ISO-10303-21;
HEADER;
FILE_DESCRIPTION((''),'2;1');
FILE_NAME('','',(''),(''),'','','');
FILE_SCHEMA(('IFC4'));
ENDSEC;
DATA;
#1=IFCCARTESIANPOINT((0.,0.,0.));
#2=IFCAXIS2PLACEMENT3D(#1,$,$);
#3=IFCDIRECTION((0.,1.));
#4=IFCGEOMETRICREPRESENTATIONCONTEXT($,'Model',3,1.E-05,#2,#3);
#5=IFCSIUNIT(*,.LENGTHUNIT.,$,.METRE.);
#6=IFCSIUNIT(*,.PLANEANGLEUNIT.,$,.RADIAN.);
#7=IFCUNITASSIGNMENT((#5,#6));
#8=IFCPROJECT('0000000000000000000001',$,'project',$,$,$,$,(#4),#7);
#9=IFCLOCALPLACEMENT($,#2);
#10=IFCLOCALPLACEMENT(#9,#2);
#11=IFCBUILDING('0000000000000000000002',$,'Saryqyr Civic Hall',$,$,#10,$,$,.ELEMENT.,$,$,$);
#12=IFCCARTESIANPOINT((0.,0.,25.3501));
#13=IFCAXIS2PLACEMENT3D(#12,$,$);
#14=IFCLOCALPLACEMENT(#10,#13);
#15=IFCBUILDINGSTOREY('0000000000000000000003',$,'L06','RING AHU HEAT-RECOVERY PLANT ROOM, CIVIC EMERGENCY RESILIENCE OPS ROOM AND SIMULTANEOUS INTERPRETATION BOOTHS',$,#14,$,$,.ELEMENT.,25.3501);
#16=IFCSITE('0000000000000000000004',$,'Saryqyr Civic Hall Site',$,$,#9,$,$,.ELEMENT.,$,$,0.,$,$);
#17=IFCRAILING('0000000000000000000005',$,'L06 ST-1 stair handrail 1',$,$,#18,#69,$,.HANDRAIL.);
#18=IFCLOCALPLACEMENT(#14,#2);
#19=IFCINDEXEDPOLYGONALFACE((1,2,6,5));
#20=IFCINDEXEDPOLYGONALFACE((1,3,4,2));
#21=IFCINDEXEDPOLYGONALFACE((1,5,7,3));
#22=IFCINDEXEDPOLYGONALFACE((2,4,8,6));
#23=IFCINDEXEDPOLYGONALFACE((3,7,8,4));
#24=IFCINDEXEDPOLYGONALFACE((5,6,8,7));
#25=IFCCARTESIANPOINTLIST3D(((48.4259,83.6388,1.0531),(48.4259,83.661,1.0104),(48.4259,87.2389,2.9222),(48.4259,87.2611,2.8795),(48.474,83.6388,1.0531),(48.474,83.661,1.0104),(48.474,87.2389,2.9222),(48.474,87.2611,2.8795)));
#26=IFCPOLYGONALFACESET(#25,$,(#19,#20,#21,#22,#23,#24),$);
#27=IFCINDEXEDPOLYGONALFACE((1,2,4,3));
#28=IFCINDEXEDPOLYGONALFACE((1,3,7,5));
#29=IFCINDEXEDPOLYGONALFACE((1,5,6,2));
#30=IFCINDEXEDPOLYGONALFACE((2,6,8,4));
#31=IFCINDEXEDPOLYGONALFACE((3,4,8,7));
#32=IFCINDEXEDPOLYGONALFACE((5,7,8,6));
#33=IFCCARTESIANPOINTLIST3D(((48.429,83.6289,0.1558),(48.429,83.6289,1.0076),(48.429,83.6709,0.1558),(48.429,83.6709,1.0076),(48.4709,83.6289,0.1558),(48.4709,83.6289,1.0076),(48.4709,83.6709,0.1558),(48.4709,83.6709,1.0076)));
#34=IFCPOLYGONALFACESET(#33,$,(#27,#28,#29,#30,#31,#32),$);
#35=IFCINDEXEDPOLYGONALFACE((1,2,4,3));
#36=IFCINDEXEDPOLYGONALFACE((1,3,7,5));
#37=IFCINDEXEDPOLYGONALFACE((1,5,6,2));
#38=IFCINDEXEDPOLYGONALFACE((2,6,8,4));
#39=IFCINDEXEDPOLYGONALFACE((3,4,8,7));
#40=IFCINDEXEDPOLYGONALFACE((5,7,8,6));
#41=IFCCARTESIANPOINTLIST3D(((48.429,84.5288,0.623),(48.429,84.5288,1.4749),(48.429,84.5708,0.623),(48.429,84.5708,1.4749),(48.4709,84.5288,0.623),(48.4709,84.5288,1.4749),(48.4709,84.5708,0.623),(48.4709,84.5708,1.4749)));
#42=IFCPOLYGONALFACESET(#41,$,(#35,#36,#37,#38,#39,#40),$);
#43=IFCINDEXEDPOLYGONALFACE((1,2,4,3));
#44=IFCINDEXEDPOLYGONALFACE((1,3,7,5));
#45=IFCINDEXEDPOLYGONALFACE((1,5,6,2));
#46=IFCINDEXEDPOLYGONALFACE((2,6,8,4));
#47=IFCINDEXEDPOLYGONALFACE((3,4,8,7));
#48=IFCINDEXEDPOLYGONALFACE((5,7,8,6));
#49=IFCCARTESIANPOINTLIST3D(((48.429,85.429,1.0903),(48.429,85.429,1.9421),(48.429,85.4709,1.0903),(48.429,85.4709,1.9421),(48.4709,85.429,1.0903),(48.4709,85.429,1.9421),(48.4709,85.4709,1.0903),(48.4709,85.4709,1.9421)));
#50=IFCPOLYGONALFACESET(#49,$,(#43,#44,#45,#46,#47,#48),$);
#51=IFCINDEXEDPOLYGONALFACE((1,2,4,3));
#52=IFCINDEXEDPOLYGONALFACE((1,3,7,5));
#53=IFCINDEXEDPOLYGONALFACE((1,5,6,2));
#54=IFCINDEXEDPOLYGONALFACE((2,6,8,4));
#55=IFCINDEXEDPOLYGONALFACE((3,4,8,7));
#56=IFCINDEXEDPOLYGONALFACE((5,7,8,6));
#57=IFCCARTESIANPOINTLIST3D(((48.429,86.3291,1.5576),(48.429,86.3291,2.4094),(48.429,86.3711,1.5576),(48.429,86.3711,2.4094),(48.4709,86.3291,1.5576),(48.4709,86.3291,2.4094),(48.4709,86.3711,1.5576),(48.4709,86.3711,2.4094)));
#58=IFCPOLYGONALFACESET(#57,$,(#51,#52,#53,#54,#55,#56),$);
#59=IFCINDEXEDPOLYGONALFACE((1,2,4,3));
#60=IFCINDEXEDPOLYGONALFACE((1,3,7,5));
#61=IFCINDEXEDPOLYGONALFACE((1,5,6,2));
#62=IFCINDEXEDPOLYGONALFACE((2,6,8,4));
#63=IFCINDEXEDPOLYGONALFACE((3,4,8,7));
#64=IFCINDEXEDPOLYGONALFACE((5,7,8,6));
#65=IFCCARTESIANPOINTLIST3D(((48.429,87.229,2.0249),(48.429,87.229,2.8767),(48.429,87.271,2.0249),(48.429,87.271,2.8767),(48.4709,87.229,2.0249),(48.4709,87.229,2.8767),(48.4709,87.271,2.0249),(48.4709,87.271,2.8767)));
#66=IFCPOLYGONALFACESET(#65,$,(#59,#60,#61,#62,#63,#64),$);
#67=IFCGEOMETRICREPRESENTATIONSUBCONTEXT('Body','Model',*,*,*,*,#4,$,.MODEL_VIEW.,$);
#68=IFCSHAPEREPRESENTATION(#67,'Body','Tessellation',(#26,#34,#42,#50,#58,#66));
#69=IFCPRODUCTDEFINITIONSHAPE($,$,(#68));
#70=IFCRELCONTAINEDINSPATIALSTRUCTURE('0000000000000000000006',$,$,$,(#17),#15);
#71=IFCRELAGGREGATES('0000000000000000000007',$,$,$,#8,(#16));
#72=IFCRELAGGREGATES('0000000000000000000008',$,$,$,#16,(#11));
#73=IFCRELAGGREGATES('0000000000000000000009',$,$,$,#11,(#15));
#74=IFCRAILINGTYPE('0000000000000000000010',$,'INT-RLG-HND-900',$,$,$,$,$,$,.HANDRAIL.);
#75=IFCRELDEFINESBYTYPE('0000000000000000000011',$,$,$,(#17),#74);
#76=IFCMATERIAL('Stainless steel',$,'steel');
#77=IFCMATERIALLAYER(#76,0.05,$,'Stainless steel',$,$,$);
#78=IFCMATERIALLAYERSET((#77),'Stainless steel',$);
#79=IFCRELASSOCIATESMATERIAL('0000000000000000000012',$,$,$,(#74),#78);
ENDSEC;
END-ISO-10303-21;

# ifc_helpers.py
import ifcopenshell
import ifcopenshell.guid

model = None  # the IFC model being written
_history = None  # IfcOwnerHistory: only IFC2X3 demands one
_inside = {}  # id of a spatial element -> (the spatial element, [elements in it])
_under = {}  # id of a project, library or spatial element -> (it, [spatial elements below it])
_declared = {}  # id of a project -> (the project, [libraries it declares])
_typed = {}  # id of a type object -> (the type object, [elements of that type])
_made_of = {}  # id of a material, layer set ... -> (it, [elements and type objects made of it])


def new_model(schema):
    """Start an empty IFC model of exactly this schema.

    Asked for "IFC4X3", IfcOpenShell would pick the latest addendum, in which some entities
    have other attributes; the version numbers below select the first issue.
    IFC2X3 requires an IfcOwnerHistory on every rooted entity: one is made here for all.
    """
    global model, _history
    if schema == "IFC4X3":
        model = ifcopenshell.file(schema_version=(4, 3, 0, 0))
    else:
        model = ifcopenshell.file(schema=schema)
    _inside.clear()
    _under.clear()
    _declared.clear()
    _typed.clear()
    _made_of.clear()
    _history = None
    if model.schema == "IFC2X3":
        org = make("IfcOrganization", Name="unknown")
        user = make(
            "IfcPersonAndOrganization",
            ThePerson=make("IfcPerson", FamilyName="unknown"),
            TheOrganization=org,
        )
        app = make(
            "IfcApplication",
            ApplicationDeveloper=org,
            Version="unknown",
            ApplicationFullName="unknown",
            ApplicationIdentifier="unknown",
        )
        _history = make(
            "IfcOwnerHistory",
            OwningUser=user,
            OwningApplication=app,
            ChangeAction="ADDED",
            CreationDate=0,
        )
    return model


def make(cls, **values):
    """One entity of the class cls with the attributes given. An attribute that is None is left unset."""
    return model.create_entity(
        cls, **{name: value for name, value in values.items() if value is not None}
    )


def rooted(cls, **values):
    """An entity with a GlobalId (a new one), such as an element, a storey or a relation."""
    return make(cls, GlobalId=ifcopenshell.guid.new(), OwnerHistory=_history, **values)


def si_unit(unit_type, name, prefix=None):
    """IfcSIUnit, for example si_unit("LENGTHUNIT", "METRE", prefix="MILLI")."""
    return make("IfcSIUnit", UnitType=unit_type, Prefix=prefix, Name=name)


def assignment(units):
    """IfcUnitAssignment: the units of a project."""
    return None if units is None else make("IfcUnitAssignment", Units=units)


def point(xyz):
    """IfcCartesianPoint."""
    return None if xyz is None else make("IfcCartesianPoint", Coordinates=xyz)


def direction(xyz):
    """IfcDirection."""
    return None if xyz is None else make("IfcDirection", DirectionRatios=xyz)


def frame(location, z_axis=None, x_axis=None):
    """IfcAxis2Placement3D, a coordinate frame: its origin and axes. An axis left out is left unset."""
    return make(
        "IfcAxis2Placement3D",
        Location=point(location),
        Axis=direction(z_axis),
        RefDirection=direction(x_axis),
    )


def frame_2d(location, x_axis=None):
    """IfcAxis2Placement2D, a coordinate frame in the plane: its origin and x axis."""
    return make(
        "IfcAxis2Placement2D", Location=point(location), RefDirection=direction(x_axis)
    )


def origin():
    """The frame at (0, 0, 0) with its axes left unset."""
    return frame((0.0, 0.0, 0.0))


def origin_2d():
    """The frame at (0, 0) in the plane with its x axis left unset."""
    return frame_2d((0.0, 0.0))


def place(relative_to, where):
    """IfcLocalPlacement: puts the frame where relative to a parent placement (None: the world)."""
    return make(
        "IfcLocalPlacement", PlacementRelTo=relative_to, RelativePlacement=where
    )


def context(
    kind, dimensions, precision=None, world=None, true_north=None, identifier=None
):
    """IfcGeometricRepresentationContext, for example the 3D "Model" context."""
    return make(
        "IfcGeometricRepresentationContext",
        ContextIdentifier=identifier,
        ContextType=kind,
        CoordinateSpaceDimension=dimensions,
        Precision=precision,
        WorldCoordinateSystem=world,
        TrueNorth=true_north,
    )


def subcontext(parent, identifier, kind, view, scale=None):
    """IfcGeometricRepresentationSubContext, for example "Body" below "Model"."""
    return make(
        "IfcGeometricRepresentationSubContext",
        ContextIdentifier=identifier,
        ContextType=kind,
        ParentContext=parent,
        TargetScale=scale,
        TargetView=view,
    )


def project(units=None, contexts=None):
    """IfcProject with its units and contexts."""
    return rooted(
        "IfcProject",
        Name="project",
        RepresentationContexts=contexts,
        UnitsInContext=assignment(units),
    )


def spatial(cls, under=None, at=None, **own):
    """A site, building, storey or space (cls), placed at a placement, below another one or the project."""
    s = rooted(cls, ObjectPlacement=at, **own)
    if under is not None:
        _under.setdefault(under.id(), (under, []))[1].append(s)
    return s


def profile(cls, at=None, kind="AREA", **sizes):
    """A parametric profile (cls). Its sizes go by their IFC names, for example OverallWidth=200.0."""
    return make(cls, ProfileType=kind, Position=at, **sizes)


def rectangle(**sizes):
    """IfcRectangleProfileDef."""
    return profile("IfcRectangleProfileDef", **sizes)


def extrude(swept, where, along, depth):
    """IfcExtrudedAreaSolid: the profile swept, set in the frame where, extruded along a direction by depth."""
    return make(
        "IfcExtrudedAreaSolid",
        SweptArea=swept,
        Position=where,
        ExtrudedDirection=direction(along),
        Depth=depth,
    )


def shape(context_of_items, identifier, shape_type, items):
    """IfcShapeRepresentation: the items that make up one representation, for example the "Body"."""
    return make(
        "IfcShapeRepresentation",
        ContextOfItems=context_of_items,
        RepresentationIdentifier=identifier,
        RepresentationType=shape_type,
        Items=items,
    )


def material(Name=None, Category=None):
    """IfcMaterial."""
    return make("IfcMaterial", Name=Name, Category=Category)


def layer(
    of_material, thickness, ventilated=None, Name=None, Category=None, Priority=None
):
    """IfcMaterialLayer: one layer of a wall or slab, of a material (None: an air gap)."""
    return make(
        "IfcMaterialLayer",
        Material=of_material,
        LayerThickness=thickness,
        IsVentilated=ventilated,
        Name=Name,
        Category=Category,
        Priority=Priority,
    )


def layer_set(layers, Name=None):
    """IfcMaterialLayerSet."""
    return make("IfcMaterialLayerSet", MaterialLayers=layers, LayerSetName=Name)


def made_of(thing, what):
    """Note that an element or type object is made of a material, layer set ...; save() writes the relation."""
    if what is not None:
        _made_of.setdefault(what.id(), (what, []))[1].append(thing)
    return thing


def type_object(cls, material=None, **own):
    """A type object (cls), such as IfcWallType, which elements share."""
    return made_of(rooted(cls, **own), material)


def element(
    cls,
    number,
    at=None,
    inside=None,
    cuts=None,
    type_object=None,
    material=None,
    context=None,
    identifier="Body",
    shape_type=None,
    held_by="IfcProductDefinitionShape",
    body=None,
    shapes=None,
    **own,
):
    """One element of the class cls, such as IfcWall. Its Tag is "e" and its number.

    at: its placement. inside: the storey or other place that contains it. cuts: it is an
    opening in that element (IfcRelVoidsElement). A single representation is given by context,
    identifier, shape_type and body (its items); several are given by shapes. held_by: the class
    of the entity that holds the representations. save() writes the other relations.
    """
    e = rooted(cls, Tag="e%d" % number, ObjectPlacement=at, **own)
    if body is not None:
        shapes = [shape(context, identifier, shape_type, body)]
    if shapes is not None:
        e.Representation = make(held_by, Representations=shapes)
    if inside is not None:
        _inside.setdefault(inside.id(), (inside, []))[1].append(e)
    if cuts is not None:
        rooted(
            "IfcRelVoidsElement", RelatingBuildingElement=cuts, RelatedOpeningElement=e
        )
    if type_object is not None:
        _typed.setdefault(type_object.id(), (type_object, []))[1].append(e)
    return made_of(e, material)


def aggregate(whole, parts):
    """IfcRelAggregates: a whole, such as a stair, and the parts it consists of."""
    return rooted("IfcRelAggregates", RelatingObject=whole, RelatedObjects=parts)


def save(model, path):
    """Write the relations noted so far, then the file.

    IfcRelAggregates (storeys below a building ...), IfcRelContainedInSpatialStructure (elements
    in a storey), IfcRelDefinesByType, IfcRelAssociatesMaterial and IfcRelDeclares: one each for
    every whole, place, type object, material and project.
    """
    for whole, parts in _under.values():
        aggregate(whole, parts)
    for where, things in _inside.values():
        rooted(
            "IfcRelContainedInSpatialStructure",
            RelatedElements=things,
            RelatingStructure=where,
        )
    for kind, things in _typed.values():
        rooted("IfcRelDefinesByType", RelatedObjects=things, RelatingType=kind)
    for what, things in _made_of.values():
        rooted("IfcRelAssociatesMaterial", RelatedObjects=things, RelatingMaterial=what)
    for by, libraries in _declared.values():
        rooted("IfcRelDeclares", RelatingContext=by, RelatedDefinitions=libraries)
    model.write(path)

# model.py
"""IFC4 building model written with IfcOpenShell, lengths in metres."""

from ifc_helpers import new_model, si_unit, direction, frame, origin, origin_2d, place, context, subcontext, project, spatial, rectangle, extrude, material, layer, layer_set, type_object, element, save


model = new_model("IFC4")

# Units and contexts
model_context = context("Model", 3, precision=1e-05, world=origin(), true_north=direction((0.0, 1.0)))
body_context = subcontext(model_context, "Body", "Model", "MODEL_VIEW")
ifc_project = project(units=[si_unit("LENGTHUNIT", "METRE"), si_unit("PLANEANGLEUNIT", "RADIAN")], contexts=[model_context])

# Site, building, storey
site_placement = place(None, origin())
site = spatial("IfcSite", under=ifc_project, at=site_placement, Name="Saryqyr Civic Hall Site", CompositionType="ELEMENT", RefElevation=0.0)
building_placement = place(site_placement, origin())
building = spatial("IfcBuilding", under=site, at=building_placement, Name="Saryqyr Civic Hall", CompositionType="ELEMENT")
storey_placement = place(building_placement, frame((0.0, 0.0, 25.3501)))
storey = spatial("IfcBuildingStorey", under=building, at=storey_placement, Name="L06", Description="RING AHU HEAT-RECOVERY PLANT ROOM, CIVIC EMERGENCY RESILIENCE OPS ROOM AND SIMULTANEOUS INTERPRETATION BOOTHS", CompositionType="ELEMENT", Elevation=25.3501)

# Railing
ifc_material_1 = material(Name="Stainless steel", Category="steel")
ifc_layer_1 = layer(ifc_material_1, 0.05, Name="Stainless steel")
ifc_layer_set_1 = layer_set([ifc_layer_1], Name="Stainless steel")
railing_type_1 = type_object("IfcRailingType", Name="INT-RLG-HND-900", PredefinedType="HANDRAIL", material=ifc_layer_set_1)
railing_1_placement = place(storey_placement, frame((48.45, 83.6499, 0.1558)))
element("IfcRailing", 1, at=railing_1_placement, inside=storey, type_object=railing_type_1, Name="L06 ST-1 stair handrail 1", PredefinedType="HANDRAIL", context=body_context, shape_type="SweptSolid", body=[
    extrude(rectangle(XDim=0.0481, YDim=0.0481, at=origin_2d()), frame((0.0, 0.0, 0.876), z_axis=(0.0, 0.88751, 0.460788), x_axis=(-1.0, 0.0, 0.0)), (0.0, 0.0, 1.0), 4.0564),
    extrude(rectangle(XDim=0.042, YDim=0.042, at=origin_2d()), origin(), (0.0, 0.0, 1.0), 0.8518),
    extrude(rectangle(XDim=0.042, YDim=0.042, at=origin_2d()), frame((0.0, 0.8999, 0.4673)), (0.0, 0.0, 1.0), 0.8518),
    extrude(rectangle(XDim=0.042, YDim=0.042, at=origin_2d()), frame((0.0, 1.8, 0.9346)), (0.0, 0.0, 1.0), 0.8518),
    extrude(rectangle(XDim=0.042, YDim=0.042, at=origin_2d()), frame((0.0, 2.7002, 1.4019)), (0.0, 0.0, 1.0), 0.8518),
    extrude(rectangle(XDim=0.042, YDim=0.042, at=origin_2d()), frame((0.0, 3.6001, 1.8691)), (0.0, 0.0, 1.0), 0.8518),
])

save(model, "model.ifc")
